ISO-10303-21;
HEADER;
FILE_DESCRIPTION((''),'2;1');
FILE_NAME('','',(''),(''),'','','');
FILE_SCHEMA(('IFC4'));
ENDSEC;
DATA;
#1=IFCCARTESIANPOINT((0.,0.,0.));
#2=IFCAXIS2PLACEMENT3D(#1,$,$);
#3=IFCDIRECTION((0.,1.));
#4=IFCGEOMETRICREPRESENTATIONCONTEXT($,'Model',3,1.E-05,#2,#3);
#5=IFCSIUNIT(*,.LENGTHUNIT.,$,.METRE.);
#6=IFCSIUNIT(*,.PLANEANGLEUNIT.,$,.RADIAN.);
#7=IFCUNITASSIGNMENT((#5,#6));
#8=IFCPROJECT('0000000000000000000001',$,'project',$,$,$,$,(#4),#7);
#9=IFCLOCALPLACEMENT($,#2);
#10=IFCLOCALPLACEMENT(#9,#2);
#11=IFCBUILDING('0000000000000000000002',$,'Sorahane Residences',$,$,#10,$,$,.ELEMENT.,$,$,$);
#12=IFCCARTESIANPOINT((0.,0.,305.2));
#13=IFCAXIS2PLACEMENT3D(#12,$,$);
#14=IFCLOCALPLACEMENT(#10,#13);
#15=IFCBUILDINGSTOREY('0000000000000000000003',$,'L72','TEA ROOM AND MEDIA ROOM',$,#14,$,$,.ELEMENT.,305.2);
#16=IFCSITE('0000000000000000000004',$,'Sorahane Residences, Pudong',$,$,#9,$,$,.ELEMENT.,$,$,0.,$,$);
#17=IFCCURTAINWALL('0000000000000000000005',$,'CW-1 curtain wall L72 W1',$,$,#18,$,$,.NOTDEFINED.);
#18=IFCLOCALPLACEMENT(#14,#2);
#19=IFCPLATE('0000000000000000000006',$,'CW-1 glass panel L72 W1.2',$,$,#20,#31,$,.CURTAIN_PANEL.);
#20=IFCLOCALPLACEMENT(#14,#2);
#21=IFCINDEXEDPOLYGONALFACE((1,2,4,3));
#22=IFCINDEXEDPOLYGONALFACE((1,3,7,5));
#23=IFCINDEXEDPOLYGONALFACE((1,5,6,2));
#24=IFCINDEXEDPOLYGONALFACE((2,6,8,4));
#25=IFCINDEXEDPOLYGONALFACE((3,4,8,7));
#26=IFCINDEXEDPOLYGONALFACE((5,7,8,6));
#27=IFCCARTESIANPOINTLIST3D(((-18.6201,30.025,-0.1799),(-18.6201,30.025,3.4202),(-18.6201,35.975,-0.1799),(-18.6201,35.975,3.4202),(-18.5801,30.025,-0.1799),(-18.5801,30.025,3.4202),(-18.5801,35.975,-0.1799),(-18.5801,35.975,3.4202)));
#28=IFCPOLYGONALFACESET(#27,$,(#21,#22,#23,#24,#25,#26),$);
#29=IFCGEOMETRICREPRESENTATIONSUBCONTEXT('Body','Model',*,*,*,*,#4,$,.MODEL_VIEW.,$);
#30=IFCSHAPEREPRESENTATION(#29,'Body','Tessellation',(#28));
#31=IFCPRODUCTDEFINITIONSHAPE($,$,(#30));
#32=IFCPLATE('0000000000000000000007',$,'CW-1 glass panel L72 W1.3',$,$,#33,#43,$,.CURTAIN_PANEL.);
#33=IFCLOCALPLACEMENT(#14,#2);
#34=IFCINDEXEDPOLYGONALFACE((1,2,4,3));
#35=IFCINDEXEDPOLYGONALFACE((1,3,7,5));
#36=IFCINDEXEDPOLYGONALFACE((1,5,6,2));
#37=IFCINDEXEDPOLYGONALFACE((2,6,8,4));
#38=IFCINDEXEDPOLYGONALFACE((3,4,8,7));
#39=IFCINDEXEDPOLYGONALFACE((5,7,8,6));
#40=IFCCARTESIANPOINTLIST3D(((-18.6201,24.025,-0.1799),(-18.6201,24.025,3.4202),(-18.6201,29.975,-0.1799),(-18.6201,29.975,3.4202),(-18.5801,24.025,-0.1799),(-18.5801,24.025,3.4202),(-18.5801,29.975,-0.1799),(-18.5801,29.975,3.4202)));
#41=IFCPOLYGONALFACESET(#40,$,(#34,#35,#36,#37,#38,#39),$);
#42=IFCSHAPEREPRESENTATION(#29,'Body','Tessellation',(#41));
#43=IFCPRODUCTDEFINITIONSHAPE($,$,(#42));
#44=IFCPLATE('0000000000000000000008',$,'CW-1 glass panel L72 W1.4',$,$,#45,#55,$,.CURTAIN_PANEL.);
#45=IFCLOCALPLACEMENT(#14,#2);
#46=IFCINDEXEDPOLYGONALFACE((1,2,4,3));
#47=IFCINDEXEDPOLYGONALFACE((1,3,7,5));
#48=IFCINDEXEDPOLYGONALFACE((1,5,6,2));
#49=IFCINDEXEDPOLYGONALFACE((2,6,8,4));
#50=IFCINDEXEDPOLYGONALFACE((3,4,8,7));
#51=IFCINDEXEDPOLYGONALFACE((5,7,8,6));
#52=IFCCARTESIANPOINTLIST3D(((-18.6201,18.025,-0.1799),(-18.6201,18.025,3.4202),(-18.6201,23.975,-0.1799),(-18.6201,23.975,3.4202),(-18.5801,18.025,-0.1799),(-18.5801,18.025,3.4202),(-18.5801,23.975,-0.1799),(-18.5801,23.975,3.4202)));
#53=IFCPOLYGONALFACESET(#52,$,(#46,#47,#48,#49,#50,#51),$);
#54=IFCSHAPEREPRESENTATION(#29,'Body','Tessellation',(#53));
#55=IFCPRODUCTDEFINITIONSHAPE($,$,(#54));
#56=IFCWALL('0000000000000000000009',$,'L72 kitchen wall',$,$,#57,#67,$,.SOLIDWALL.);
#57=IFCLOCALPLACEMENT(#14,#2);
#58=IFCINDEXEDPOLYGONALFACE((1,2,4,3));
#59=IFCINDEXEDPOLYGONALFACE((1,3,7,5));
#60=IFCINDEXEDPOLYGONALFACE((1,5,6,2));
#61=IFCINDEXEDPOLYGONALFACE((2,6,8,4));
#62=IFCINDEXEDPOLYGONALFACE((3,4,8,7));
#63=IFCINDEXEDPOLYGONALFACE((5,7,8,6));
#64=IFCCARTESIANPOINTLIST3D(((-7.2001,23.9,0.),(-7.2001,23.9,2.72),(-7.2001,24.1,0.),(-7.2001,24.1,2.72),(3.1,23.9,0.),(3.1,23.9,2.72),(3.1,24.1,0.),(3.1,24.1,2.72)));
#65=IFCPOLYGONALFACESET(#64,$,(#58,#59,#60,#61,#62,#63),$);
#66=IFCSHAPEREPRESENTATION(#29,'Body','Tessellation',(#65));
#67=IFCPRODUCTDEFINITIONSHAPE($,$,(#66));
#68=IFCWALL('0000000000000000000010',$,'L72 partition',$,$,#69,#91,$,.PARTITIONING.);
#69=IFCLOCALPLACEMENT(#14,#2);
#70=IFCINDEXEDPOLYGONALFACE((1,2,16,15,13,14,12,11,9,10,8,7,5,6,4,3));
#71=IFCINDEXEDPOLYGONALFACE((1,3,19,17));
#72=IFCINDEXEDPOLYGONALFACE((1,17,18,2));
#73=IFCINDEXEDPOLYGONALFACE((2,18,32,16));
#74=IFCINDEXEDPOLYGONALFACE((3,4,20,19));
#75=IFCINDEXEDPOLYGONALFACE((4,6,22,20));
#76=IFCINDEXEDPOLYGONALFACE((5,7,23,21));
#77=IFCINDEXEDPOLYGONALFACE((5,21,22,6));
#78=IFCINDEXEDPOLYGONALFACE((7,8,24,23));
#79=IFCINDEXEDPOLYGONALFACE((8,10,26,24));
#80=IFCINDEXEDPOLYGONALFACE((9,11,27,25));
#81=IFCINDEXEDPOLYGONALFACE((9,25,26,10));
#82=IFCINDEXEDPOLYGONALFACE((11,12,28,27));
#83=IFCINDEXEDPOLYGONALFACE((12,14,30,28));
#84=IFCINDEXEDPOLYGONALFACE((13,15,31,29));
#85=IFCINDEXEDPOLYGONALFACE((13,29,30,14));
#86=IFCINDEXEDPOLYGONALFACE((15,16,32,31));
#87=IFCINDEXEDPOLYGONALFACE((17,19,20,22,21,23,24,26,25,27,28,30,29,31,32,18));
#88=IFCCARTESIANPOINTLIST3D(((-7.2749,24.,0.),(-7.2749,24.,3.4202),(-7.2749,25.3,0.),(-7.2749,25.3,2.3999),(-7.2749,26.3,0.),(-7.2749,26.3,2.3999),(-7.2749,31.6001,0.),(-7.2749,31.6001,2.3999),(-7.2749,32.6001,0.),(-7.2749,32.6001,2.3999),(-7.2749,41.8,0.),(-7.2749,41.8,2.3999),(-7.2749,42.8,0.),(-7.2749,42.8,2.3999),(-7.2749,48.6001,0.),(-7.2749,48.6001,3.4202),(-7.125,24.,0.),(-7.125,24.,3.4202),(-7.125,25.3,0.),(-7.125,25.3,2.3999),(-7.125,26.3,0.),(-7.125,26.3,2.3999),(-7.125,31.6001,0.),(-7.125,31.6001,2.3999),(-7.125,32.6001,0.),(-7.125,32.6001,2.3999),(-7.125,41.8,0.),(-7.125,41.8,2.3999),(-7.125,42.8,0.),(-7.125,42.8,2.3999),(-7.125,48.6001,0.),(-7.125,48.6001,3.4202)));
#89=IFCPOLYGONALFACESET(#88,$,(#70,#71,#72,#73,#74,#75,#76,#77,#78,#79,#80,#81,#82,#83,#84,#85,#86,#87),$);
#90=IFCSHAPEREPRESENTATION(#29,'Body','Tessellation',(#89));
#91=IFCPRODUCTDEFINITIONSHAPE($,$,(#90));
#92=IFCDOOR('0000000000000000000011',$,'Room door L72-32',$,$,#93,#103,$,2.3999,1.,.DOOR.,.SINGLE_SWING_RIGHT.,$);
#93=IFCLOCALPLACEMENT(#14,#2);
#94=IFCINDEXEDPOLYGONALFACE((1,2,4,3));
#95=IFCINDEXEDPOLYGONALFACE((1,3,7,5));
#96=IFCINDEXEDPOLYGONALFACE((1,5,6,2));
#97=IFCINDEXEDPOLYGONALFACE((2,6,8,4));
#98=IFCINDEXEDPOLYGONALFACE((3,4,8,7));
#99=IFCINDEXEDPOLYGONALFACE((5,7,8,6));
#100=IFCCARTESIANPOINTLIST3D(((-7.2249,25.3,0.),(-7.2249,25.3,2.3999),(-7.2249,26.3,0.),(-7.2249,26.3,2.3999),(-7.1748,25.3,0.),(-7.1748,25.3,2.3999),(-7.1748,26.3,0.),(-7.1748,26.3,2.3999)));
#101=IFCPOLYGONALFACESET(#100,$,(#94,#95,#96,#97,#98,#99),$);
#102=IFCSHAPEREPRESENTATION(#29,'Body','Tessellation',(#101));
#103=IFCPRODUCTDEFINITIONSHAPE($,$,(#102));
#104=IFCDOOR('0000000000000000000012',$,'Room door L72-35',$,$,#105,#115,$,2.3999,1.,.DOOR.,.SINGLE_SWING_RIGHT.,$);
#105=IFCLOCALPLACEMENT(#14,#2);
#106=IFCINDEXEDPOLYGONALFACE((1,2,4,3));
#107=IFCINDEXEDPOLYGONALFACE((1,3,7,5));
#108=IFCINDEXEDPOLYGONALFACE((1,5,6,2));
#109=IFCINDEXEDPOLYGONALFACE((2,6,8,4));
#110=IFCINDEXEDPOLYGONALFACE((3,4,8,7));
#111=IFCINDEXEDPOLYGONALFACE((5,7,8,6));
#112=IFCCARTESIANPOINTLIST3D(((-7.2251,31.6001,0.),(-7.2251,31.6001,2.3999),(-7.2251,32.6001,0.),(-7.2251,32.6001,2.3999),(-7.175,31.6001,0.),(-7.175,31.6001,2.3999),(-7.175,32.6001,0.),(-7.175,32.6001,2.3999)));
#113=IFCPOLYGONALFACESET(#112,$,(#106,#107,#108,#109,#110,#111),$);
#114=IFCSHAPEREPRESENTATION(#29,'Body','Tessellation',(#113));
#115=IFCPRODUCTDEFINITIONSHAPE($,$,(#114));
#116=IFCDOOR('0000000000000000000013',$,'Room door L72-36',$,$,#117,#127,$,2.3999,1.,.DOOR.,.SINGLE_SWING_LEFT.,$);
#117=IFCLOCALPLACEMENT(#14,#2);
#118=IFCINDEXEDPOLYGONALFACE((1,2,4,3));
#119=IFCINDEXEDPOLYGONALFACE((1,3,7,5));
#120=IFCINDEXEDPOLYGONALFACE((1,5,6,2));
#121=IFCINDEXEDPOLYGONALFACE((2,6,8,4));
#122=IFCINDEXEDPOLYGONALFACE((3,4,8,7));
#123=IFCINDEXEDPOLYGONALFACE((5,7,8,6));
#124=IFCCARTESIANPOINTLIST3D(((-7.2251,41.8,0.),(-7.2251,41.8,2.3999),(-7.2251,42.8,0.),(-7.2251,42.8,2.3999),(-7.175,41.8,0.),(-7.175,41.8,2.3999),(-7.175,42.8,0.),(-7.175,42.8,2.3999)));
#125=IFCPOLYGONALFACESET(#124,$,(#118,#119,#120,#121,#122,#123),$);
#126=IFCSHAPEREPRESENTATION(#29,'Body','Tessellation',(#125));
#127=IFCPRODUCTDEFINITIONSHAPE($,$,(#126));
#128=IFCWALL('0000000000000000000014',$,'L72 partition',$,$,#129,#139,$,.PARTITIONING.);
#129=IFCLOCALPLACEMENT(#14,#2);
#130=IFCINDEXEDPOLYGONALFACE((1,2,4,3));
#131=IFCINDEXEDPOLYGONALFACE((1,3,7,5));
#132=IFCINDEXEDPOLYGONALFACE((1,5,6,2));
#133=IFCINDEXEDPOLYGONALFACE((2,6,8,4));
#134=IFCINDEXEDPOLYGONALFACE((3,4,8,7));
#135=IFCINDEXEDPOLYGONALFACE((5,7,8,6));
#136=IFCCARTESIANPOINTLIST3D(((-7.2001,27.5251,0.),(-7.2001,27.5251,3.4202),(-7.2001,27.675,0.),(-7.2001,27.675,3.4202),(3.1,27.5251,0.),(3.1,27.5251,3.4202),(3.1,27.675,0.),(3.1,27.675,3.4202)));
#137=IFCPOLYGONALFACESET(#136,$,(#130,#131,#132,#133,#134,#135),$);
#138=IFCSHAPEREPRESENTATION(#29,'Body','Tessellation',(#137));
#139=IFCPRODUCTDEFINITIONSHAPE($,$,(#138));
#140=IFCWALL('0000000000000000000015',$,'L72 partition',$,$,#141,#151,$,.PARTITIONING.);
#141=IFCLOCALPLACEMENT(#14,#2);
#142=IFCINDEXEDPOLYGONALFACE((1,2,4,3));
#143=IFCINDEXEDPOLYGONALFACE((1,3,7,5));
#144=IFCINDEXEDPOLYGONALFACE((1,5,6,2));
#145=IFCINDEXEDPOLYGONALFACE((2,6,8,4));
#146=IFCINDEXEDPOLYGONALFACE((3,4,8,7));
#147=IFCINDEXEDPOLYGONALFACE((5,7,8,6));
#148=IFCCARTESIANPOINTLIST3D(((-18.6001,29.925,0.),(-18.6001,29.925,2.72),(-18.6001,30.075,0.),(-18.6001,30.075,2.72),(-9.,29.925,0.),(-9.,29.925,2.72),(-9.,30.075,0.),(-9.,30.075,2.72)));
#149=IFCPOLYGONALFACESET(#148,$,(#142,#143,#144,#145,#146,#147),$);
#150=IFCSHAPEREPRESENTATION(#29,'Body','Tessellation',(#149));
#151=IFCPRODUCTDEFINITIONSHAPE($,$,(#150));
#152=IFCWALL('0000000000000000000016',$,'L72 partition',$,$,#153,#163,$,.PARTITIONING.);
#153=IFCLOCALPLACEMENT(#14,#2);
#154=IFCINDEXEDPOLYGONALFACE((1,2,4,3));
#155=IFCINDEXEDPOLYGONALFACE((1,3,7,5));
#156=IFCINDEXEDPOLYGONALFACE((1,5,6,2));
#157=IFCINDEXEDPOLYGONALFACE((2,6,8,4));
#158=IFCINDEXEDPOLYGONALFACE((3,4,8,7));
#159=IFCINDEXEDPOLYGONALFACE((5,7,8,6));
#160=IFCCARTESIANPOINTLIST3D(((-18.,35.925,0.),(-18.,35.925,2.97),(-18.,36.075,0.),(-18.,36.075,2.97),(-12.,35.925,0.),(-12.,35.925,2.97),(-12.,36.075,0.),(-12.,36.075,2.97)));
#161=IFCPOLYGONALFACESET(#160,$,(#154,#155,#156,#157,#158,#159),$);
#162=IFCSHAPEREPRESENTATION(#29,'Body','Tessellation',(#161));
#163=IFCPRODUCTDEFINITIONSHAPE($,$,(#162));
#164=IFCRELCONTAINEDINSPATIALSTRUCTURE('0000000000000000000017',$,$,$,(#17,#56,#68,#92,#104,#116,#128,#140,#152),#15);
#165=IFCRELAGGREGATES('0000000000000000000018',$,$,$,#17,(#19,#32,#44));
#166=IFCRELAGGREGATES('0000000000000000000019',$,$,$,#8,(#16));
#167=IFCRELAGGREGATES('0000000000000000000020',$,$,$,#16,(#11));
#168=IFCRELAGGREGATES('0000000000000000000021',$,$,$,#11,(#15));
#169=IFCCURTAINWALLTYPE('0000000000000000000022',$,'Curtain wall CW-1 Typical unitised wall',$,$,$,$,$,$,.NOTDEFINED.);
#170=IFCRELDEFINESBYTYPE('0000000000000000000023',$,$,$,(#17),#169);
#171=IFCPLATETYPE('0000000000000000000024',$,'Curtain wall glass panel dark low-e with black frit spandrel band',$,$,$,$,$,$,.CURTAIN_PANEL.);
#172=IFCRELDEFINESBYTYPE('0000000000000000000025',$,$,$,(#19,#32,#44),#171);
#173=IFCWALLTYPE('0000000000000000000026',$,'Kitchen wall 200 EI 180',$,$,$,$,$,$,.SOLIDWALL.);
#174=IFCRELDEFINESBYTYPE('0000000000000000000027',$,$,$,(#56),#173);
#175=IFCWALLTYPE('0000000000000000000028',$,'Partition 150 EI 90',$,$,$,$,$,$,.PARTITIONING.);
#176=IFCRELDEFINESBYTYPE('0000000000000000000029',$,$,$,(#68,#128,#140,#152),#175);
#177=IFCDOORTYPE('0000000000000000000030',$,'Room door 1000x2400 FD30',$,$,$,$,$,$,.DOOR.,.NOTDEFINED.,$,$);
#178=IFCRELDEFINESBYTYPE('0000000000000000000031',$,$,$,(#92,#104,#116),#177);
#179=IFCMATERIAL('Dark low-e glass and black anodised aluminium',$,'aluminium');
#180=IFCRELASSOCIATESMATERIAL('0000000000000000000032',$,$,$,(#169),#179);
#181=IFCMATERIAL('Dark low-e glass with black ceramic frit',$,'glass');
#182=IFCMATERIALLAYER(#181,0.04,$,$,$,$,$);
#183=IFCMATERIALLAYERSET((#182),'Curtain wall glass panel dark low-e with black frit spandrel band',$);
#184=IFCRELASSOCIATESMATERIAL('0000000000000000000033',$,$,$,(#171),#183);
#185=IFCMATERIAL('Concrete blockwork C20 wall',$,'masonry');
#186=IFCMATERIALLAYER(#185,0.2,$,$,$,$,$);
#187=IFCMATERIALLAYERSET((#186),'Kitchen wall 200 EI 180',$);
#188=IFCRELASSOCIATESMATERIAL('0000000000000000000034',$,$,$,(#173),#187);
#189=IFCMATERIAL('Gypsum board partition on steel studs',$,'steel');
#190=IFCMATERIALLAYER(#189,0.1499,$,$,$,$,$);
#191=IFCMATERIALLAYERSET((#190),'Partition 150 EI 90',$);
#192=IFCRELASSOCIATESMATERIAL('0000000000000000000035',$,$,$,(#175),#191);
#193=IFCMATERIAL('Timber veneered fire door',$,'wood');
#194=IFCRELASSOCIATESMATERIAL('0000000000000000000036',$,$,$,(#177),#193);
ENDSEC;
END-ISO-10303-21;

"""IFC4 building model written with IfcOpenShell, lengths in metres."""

from ifc_helpers import new_model, si_unit, direction, frame, frame_2d, origin, origin_2d, place, context, subcontext, project, spatial, rectangle, extrude, material, layer, layer_set, type_object, element, fill, aggregate, save


model = new_model("IFC4")

# Units and contexts
model_context = context("Model", 3, precision=1e-05, world=origin(), true_north=direction((0.0, 1.0)))
body_context = subcontext(model_context, "Body", "Model", "MODEL_VIEW")
ifc_project = project(units=[si_unit("LENGTHUNIT", "METRE"), si_unit("PLANEANGLEUNIT", "RADIAN")], contexts=[model_context])

# Site, building, storey
site_placement = place(None, origin())
site = spatial("IfcSite", under=ifc_project, at=site_placement, Name="Sorahane Residences, Pudong", CompositionType="ELEMENT", RefElevation=0.0)
building_placement = place(site_placement, origin())
building = spatial("IfcBuilding", under=site, at=building_placement, Name="Sorahane Residences", CompositionType="ELEMENT")
storey_placement = place(building_placement, frame((0.0, 0.0, 305.2)))
storey = spatial("IfcBuildingStorey", under=building, at=storey_placement, Name="L72", Description="TEA ROOM AND MEDIA ROOM", CompositionType="ELEMENT", Elevation=305.2)

# Curtain wall
ifc_material_1 = material(Name="Dark low-e glass and black anodised aluminium", Category="aluminium")
curtain_wall_type = type_object("IfcCurtainWallType", Name="Curtain wall CW-1 Typical unitised wall", PredefinedType="NOTDEFINED", material=ifc_material_1)
curtain_wall_placement = place(storey_placement, origin())
curtain_wall = element("IfcCurtainWall", 1, at=curtain_wall_placement, inside=storey, type_object=curtain_wall_type, Name="CW-1 curtain wall L72 W1", PredefinedType="NOTDEFINED")

# Plates
ifc_material_2 = material(Name="Dark low-e glass with black ceramic frit", Category="glass")
ifc_layer_1 = layer(ifc_material_2, 0.04)
ifc_layer_set_1 = layer_set([ifc_layer_1], Name="Curtain wall glass panel dark low-e with black frit spandrel band")
plate_type = type_object("IfcPlateType", Name="Curtain wall glass panel dark low-e with black frit spandrel band", PredefinedType="CURTAIN_PANEL", material=ifc_layer_set_1)
plate_1_placement = place(storey_placement, frame((-18.6001, 33.0, -0.1799), z_axis=(0.0, 0.0, 1.0), x_axis=(0.0, -1.0, 0.0)))
plate_1 = element("IfcPlate", 2, at=plate_1_placement, type_object=plate_type, Name="CW-1 glass panel L72 W1.2", PredefinedType="CURTAIN_PANEL", context=body_context, shape_type="SweptSolid", body=[
    extrude(rectangle(XDim=5.95, YDim=0.04, at=origin_2d()), origin(), (0.0, 0.0, 1.0), 3.6001),
])
plate_2_placement = place(storey_placement, frame((-18.6001, 27.0, -0.1799), z_axis=(0.0, 0.0, 1.0), x_axis=(0.0, -1.0, 0.0)))
plate_2 = element("IfcPlate", 3, at=plate_2_placement, type_object=plate_type, Name="CW-1 glass panel L72 W1.3", PredefinedType="CURTAIN_PANEL", context=body_context, shape_type="SweptSolid", body=[
    extrude(rectangle(XDim=5.95, YDim=0.04, at=origin_2d()), origin(), (0.0, 0.0, 1.0), 3.6001),
])
plate_3_placement = place(storey_placement, frame((-18.6001, 21.0, -0.1799), z_axis=(0.0, 0.0, 1.0), x_axis=(0.0, -1.0, 0.0)))
plate_3 = element("IfcPlate", 4, at=plate_3_placement, type_object=plate_type, Name="CW-1 glass panel L72 W1.4", PredefinedType="CURTAIN_PANEL", context=body_context, shape_type="SweptSolid", body=[
    extrude(rectangle(XDim=5.95, YDim=0.04, at=origin_2d()), origin(), (0.0, 0.0, 1.0), 3.6001),
])
aggregate(curtain_wall, [plate_1, plate_2, plate_3])

# Wall
ifc_material_3 = material(Name="Concrete blockwork C20 wall", Category="masonry")
ifc_layer_2 = layer(ifc_material_3, 0.2)
ifc_layer_set_2 = layer_set([ifc_layer_2], Name="Kitchen wall 200 EI 180")
wall_type_1 = type_object("IfcWallType", Name="Kitchen wall 200 EI 180", PredefinedType="SOLIDWALL", material=ifc_layer_set_2)
wall_1_placement = place(storey_placement, frame((-7.2, 24.0, 0.0), z_axis=(0.0, 0.0, 1.0), x_axis=(1.0, 0.0, 0.0)))
element("IfcWall", 5, at=wall_1_placement, inside=storey, type_object=wall_type_1, Name="L72 kitchen wall", PredefinedType="SOLIDWALL", context=body_context, shape_type="SweptSolid", body=[
    extrude(rectangle(XDim=10.3, YDim=0.2, at=frame_2d((5.1499, 0.0))), origin(), (0.0, 0.0, 1.0), 2.72),
])

# Wall, openings, doors
ifc_material_4 = material(Name="Gypsum board partition on steel studs", Category="steel")
ifc_layer_3 = layer(ifc_material_4, 0.1499)
ifc_layer_set_3 = layer_set([ifc_layer_3], Name="Partition 150 EI 90")
wall_type_2 = type_object("IfcWallType", Name="Partition 150 EI 90", PredefinedType="PARTITIONING", material=ifc_layer_set_3)
wall_2_placement = place(storey_placement, frame((-7.2, 24.0, 0.0), z_axis=(0.0, 0.0, 1.0), x_axis=(0.0, 1.0, 0.0)))
wall_2 = element("IfcWall", 6, at=wall_2_placement, inside=storey, type_object=wall_type_2, Name="L72 partition", PredefinedType="PARTITIONING", context=body_context, shape_type="SweptSolid", body=[
    extrude(rectangle(XDim=24.6001, YDim=0.1499, at=frame_2d((12.3, 0.0))), origin(), (0.0, 0.0, 1.0), 3.4202),
])
opening_1_placement = place(wall_2_placement, frame((1.3, 0.0, 0.0)))
opening_1 = element("IfcOpeningElement", 7, at=opening_1_placement, cuts=wall_2, PredefinedType="OPENING", context=body_context, shape_type="SweptSolid", body=[
    extrude(rectangle(XDim=1.0, YDim=2.3999, at=frame_2d((0.5, 1.2))), frame((0.0, 0.085, 0.0), z_axis=(0.0, -1.0, 0.0), x_axis=(1.0, 0.0, 0.0)), (0.0, 0.0, 1.0), 0.1699),
])
opening_2_placement = place(wall_2_placement, frame((7.6001, 0.0, 0.0)))
opening_2 = element("IfcOpeningElement", 8, at=opening_2_placement, cuts=wall_2, PredefinedType="OPENING", context=body_context, shape_type="SweptSolid", body=[
    extrude(rectangle(XDim=1.0, YDim=2.3999, at=frame_2d((0.5, 1.2))), frame((0.0, 0.085, 0.0), z_axis=(0.0, -1.0, 0.0), x_axis=(1.0, 0.0, 0.0)), (0.0, 0.0, 1.0), 0.1699),
])
opening_3_placement = place(wall_2_placement, frame((17.8, 0.0, 0.0)))
opening_3 = element("IfcOpeningElement", 9, at=opening_3_placement, cuts=wall_2, PredefinedType="OPENING", context=body_context, shape_type="SweptSolid", body=[
    extrude(rectangle(XDim=1.0, YDim=2.3999, at=frame_2d((0.5, 1.2))), frame((0.0, 0.085, 0.0), z_axis=(0.0, -1.0, 0.0), x_axis=(1.0, 0.0, 0.0)), (0.0, 0.0, 1.0), 0.1699),
])
ifc_material_5 = material(Name="Timber veneered fire door", Category="wood")
door_type_1 = type_object("IfcDoorType", Name="Room door 1000x2400 FD30", OperationType="NOTDEFINED", PredefinedType="DOOR", material=ifc_material_5)
door_1_placement = place(opening_1_placement, origin())
door_1 = element("IfcDoor", 10, at=door_1_placement, inside=storey, type_object=door_type_1, Name="Room door L72-32", OperationType="SINGLE_SWING_RIGHT", OverallHeight=2.3999, OverallWidth=1.0, PredefinedType="DOOR", context=body_context, shape_type="SweptSolid", body=[
    extrude(rectangle(XDim=1.0, YDim=2.3999, at=frame_2d((0.5, 1.2))), frame((0.0, 0.0249, 0.0), z_axis=(0.0, -1.0, 0.0), x_axis=(1.0, 0.0, 0.0)), (0.0, 0.0, 1.0), 0.05),
])
fill(opening_1, door_1)
door_2_placement = place(opening_2_placement, frame((1.0, 0.0, 0.0), z_axis=(0.0, 0.0, 1.0), x_axis=(-1.0, 0.0, 0.0)))
door_2 = element("IfcDoor", 11, at=door_2_placement, inside=storey, type_object=door_type_1, Name="Room door L72-35", OperationType="SINGLE_SWING_RIGHT", OverallHeight=2.3999, OverallWidth=1.0, PredefinedType="DOOR", context=body_context, shape_type="SweptSolid", body=[
    extrude(rectangle(XDim=1.0, YDim=2.3999, at=frame_2d((0.5, 1.2))), frame((0.0, 0.0249, 0.0), z_axis=(0.0, -1.0, 0.0), x_axis=(1.0, 0.0, 0.0)), (0.0, 0.0, 1.0), 0.05),
])
fill(opening_2, door_2)
door_3_placement = place(opening_3_placement, frame((1.0, 0.0, 0.0), z_axis=(0.0, 0.0, 1.0), x_axis=(-1.0, 0.0, 0.0)))
door_3 = element("IfcDoor", 12, at=door_3_placement, inside=storey, type_object=door_type_1, Name="Room door L72-36", OperationType="SINGLE_SWING_LEFT", OverallHeight=2.3999, OverallWidth=1.0, PredefinedType="DOOR", context=body_context, shape_type="SweptSolid", body=[
    extrude(rectangle(XDim=1.0, YDim=2.3999, at=frame_2d((0.5, 1.2))), frame((0.0, 0.0249, 0.0), z_axis=(0.0, -1.0, 0.0), x_axis=(1.0, 0.0, 0.0)), (0.0, 0.0, 1.0), 0.05),
])
fill(opening_3, door_3)

# Walls
wall_3_placement = place(storey_placement, frame((-7.2, 27.6001, 0.0), z_axis=(0.0, 0.0, 1.0), x_axis=(1.0, 0.0, 0.0)))
element("IfcWall", 13, at=wall_3_placement, inside=storey, type_object=wall_type_2, Name="L72 partition", PredefinedType="PARTITIONING", context=body_context, shape_type="SweptSolid", body=[
    extrude(rectangle(XDim=10.3, YDim=0.1499, at=frame_2d((5.1499, 0.0))), origin(), (0.0, 0.0, 1.0), 3.4202),
])
wall_4_placement = place(storey_placement, frame((-18.6001, 30.0, 0.0), z_axis=(0.0, 0.0, 1.0), x_axis=(1.0, 0.0, 0.0)))
element("IfcWall", 14, at=wall_4_placement, inside=storey, type_object=wall_type_2, Name="L72 partition", PredefinedType="PARTITIONING", context=body_context, shape_type="SweptSolid", body=[
    extrude(rectangle(XDim=9.6001, YDim=0.1499, at=frame_2d((4.8, 0.0))), origin(), (0.0, 0.0, 1.0), 2.72),
])
wall_5_placement = place(storey_placement, frame((-18.0, 36.0, 0.0), z_axis=(0.0, 0.0, 1.0), x_axis=(1.0, 0.0, 0.0)))
element("IfcWall", 15, at=wall_5_placement, inside=storey, type_object=wall_type_2, Name="L72 partition", PredefinedType="PARTITIONING", context=body_context, shape_type="SweptSolid", body=[
    extrude(rectangle(XDim=6.0, YDim=0.1499, at=frame_2d((3.0, 0.0))), origin(), (0.0, 0.0, 1.0), 2.97),
])

save(model, "model.ifc")
